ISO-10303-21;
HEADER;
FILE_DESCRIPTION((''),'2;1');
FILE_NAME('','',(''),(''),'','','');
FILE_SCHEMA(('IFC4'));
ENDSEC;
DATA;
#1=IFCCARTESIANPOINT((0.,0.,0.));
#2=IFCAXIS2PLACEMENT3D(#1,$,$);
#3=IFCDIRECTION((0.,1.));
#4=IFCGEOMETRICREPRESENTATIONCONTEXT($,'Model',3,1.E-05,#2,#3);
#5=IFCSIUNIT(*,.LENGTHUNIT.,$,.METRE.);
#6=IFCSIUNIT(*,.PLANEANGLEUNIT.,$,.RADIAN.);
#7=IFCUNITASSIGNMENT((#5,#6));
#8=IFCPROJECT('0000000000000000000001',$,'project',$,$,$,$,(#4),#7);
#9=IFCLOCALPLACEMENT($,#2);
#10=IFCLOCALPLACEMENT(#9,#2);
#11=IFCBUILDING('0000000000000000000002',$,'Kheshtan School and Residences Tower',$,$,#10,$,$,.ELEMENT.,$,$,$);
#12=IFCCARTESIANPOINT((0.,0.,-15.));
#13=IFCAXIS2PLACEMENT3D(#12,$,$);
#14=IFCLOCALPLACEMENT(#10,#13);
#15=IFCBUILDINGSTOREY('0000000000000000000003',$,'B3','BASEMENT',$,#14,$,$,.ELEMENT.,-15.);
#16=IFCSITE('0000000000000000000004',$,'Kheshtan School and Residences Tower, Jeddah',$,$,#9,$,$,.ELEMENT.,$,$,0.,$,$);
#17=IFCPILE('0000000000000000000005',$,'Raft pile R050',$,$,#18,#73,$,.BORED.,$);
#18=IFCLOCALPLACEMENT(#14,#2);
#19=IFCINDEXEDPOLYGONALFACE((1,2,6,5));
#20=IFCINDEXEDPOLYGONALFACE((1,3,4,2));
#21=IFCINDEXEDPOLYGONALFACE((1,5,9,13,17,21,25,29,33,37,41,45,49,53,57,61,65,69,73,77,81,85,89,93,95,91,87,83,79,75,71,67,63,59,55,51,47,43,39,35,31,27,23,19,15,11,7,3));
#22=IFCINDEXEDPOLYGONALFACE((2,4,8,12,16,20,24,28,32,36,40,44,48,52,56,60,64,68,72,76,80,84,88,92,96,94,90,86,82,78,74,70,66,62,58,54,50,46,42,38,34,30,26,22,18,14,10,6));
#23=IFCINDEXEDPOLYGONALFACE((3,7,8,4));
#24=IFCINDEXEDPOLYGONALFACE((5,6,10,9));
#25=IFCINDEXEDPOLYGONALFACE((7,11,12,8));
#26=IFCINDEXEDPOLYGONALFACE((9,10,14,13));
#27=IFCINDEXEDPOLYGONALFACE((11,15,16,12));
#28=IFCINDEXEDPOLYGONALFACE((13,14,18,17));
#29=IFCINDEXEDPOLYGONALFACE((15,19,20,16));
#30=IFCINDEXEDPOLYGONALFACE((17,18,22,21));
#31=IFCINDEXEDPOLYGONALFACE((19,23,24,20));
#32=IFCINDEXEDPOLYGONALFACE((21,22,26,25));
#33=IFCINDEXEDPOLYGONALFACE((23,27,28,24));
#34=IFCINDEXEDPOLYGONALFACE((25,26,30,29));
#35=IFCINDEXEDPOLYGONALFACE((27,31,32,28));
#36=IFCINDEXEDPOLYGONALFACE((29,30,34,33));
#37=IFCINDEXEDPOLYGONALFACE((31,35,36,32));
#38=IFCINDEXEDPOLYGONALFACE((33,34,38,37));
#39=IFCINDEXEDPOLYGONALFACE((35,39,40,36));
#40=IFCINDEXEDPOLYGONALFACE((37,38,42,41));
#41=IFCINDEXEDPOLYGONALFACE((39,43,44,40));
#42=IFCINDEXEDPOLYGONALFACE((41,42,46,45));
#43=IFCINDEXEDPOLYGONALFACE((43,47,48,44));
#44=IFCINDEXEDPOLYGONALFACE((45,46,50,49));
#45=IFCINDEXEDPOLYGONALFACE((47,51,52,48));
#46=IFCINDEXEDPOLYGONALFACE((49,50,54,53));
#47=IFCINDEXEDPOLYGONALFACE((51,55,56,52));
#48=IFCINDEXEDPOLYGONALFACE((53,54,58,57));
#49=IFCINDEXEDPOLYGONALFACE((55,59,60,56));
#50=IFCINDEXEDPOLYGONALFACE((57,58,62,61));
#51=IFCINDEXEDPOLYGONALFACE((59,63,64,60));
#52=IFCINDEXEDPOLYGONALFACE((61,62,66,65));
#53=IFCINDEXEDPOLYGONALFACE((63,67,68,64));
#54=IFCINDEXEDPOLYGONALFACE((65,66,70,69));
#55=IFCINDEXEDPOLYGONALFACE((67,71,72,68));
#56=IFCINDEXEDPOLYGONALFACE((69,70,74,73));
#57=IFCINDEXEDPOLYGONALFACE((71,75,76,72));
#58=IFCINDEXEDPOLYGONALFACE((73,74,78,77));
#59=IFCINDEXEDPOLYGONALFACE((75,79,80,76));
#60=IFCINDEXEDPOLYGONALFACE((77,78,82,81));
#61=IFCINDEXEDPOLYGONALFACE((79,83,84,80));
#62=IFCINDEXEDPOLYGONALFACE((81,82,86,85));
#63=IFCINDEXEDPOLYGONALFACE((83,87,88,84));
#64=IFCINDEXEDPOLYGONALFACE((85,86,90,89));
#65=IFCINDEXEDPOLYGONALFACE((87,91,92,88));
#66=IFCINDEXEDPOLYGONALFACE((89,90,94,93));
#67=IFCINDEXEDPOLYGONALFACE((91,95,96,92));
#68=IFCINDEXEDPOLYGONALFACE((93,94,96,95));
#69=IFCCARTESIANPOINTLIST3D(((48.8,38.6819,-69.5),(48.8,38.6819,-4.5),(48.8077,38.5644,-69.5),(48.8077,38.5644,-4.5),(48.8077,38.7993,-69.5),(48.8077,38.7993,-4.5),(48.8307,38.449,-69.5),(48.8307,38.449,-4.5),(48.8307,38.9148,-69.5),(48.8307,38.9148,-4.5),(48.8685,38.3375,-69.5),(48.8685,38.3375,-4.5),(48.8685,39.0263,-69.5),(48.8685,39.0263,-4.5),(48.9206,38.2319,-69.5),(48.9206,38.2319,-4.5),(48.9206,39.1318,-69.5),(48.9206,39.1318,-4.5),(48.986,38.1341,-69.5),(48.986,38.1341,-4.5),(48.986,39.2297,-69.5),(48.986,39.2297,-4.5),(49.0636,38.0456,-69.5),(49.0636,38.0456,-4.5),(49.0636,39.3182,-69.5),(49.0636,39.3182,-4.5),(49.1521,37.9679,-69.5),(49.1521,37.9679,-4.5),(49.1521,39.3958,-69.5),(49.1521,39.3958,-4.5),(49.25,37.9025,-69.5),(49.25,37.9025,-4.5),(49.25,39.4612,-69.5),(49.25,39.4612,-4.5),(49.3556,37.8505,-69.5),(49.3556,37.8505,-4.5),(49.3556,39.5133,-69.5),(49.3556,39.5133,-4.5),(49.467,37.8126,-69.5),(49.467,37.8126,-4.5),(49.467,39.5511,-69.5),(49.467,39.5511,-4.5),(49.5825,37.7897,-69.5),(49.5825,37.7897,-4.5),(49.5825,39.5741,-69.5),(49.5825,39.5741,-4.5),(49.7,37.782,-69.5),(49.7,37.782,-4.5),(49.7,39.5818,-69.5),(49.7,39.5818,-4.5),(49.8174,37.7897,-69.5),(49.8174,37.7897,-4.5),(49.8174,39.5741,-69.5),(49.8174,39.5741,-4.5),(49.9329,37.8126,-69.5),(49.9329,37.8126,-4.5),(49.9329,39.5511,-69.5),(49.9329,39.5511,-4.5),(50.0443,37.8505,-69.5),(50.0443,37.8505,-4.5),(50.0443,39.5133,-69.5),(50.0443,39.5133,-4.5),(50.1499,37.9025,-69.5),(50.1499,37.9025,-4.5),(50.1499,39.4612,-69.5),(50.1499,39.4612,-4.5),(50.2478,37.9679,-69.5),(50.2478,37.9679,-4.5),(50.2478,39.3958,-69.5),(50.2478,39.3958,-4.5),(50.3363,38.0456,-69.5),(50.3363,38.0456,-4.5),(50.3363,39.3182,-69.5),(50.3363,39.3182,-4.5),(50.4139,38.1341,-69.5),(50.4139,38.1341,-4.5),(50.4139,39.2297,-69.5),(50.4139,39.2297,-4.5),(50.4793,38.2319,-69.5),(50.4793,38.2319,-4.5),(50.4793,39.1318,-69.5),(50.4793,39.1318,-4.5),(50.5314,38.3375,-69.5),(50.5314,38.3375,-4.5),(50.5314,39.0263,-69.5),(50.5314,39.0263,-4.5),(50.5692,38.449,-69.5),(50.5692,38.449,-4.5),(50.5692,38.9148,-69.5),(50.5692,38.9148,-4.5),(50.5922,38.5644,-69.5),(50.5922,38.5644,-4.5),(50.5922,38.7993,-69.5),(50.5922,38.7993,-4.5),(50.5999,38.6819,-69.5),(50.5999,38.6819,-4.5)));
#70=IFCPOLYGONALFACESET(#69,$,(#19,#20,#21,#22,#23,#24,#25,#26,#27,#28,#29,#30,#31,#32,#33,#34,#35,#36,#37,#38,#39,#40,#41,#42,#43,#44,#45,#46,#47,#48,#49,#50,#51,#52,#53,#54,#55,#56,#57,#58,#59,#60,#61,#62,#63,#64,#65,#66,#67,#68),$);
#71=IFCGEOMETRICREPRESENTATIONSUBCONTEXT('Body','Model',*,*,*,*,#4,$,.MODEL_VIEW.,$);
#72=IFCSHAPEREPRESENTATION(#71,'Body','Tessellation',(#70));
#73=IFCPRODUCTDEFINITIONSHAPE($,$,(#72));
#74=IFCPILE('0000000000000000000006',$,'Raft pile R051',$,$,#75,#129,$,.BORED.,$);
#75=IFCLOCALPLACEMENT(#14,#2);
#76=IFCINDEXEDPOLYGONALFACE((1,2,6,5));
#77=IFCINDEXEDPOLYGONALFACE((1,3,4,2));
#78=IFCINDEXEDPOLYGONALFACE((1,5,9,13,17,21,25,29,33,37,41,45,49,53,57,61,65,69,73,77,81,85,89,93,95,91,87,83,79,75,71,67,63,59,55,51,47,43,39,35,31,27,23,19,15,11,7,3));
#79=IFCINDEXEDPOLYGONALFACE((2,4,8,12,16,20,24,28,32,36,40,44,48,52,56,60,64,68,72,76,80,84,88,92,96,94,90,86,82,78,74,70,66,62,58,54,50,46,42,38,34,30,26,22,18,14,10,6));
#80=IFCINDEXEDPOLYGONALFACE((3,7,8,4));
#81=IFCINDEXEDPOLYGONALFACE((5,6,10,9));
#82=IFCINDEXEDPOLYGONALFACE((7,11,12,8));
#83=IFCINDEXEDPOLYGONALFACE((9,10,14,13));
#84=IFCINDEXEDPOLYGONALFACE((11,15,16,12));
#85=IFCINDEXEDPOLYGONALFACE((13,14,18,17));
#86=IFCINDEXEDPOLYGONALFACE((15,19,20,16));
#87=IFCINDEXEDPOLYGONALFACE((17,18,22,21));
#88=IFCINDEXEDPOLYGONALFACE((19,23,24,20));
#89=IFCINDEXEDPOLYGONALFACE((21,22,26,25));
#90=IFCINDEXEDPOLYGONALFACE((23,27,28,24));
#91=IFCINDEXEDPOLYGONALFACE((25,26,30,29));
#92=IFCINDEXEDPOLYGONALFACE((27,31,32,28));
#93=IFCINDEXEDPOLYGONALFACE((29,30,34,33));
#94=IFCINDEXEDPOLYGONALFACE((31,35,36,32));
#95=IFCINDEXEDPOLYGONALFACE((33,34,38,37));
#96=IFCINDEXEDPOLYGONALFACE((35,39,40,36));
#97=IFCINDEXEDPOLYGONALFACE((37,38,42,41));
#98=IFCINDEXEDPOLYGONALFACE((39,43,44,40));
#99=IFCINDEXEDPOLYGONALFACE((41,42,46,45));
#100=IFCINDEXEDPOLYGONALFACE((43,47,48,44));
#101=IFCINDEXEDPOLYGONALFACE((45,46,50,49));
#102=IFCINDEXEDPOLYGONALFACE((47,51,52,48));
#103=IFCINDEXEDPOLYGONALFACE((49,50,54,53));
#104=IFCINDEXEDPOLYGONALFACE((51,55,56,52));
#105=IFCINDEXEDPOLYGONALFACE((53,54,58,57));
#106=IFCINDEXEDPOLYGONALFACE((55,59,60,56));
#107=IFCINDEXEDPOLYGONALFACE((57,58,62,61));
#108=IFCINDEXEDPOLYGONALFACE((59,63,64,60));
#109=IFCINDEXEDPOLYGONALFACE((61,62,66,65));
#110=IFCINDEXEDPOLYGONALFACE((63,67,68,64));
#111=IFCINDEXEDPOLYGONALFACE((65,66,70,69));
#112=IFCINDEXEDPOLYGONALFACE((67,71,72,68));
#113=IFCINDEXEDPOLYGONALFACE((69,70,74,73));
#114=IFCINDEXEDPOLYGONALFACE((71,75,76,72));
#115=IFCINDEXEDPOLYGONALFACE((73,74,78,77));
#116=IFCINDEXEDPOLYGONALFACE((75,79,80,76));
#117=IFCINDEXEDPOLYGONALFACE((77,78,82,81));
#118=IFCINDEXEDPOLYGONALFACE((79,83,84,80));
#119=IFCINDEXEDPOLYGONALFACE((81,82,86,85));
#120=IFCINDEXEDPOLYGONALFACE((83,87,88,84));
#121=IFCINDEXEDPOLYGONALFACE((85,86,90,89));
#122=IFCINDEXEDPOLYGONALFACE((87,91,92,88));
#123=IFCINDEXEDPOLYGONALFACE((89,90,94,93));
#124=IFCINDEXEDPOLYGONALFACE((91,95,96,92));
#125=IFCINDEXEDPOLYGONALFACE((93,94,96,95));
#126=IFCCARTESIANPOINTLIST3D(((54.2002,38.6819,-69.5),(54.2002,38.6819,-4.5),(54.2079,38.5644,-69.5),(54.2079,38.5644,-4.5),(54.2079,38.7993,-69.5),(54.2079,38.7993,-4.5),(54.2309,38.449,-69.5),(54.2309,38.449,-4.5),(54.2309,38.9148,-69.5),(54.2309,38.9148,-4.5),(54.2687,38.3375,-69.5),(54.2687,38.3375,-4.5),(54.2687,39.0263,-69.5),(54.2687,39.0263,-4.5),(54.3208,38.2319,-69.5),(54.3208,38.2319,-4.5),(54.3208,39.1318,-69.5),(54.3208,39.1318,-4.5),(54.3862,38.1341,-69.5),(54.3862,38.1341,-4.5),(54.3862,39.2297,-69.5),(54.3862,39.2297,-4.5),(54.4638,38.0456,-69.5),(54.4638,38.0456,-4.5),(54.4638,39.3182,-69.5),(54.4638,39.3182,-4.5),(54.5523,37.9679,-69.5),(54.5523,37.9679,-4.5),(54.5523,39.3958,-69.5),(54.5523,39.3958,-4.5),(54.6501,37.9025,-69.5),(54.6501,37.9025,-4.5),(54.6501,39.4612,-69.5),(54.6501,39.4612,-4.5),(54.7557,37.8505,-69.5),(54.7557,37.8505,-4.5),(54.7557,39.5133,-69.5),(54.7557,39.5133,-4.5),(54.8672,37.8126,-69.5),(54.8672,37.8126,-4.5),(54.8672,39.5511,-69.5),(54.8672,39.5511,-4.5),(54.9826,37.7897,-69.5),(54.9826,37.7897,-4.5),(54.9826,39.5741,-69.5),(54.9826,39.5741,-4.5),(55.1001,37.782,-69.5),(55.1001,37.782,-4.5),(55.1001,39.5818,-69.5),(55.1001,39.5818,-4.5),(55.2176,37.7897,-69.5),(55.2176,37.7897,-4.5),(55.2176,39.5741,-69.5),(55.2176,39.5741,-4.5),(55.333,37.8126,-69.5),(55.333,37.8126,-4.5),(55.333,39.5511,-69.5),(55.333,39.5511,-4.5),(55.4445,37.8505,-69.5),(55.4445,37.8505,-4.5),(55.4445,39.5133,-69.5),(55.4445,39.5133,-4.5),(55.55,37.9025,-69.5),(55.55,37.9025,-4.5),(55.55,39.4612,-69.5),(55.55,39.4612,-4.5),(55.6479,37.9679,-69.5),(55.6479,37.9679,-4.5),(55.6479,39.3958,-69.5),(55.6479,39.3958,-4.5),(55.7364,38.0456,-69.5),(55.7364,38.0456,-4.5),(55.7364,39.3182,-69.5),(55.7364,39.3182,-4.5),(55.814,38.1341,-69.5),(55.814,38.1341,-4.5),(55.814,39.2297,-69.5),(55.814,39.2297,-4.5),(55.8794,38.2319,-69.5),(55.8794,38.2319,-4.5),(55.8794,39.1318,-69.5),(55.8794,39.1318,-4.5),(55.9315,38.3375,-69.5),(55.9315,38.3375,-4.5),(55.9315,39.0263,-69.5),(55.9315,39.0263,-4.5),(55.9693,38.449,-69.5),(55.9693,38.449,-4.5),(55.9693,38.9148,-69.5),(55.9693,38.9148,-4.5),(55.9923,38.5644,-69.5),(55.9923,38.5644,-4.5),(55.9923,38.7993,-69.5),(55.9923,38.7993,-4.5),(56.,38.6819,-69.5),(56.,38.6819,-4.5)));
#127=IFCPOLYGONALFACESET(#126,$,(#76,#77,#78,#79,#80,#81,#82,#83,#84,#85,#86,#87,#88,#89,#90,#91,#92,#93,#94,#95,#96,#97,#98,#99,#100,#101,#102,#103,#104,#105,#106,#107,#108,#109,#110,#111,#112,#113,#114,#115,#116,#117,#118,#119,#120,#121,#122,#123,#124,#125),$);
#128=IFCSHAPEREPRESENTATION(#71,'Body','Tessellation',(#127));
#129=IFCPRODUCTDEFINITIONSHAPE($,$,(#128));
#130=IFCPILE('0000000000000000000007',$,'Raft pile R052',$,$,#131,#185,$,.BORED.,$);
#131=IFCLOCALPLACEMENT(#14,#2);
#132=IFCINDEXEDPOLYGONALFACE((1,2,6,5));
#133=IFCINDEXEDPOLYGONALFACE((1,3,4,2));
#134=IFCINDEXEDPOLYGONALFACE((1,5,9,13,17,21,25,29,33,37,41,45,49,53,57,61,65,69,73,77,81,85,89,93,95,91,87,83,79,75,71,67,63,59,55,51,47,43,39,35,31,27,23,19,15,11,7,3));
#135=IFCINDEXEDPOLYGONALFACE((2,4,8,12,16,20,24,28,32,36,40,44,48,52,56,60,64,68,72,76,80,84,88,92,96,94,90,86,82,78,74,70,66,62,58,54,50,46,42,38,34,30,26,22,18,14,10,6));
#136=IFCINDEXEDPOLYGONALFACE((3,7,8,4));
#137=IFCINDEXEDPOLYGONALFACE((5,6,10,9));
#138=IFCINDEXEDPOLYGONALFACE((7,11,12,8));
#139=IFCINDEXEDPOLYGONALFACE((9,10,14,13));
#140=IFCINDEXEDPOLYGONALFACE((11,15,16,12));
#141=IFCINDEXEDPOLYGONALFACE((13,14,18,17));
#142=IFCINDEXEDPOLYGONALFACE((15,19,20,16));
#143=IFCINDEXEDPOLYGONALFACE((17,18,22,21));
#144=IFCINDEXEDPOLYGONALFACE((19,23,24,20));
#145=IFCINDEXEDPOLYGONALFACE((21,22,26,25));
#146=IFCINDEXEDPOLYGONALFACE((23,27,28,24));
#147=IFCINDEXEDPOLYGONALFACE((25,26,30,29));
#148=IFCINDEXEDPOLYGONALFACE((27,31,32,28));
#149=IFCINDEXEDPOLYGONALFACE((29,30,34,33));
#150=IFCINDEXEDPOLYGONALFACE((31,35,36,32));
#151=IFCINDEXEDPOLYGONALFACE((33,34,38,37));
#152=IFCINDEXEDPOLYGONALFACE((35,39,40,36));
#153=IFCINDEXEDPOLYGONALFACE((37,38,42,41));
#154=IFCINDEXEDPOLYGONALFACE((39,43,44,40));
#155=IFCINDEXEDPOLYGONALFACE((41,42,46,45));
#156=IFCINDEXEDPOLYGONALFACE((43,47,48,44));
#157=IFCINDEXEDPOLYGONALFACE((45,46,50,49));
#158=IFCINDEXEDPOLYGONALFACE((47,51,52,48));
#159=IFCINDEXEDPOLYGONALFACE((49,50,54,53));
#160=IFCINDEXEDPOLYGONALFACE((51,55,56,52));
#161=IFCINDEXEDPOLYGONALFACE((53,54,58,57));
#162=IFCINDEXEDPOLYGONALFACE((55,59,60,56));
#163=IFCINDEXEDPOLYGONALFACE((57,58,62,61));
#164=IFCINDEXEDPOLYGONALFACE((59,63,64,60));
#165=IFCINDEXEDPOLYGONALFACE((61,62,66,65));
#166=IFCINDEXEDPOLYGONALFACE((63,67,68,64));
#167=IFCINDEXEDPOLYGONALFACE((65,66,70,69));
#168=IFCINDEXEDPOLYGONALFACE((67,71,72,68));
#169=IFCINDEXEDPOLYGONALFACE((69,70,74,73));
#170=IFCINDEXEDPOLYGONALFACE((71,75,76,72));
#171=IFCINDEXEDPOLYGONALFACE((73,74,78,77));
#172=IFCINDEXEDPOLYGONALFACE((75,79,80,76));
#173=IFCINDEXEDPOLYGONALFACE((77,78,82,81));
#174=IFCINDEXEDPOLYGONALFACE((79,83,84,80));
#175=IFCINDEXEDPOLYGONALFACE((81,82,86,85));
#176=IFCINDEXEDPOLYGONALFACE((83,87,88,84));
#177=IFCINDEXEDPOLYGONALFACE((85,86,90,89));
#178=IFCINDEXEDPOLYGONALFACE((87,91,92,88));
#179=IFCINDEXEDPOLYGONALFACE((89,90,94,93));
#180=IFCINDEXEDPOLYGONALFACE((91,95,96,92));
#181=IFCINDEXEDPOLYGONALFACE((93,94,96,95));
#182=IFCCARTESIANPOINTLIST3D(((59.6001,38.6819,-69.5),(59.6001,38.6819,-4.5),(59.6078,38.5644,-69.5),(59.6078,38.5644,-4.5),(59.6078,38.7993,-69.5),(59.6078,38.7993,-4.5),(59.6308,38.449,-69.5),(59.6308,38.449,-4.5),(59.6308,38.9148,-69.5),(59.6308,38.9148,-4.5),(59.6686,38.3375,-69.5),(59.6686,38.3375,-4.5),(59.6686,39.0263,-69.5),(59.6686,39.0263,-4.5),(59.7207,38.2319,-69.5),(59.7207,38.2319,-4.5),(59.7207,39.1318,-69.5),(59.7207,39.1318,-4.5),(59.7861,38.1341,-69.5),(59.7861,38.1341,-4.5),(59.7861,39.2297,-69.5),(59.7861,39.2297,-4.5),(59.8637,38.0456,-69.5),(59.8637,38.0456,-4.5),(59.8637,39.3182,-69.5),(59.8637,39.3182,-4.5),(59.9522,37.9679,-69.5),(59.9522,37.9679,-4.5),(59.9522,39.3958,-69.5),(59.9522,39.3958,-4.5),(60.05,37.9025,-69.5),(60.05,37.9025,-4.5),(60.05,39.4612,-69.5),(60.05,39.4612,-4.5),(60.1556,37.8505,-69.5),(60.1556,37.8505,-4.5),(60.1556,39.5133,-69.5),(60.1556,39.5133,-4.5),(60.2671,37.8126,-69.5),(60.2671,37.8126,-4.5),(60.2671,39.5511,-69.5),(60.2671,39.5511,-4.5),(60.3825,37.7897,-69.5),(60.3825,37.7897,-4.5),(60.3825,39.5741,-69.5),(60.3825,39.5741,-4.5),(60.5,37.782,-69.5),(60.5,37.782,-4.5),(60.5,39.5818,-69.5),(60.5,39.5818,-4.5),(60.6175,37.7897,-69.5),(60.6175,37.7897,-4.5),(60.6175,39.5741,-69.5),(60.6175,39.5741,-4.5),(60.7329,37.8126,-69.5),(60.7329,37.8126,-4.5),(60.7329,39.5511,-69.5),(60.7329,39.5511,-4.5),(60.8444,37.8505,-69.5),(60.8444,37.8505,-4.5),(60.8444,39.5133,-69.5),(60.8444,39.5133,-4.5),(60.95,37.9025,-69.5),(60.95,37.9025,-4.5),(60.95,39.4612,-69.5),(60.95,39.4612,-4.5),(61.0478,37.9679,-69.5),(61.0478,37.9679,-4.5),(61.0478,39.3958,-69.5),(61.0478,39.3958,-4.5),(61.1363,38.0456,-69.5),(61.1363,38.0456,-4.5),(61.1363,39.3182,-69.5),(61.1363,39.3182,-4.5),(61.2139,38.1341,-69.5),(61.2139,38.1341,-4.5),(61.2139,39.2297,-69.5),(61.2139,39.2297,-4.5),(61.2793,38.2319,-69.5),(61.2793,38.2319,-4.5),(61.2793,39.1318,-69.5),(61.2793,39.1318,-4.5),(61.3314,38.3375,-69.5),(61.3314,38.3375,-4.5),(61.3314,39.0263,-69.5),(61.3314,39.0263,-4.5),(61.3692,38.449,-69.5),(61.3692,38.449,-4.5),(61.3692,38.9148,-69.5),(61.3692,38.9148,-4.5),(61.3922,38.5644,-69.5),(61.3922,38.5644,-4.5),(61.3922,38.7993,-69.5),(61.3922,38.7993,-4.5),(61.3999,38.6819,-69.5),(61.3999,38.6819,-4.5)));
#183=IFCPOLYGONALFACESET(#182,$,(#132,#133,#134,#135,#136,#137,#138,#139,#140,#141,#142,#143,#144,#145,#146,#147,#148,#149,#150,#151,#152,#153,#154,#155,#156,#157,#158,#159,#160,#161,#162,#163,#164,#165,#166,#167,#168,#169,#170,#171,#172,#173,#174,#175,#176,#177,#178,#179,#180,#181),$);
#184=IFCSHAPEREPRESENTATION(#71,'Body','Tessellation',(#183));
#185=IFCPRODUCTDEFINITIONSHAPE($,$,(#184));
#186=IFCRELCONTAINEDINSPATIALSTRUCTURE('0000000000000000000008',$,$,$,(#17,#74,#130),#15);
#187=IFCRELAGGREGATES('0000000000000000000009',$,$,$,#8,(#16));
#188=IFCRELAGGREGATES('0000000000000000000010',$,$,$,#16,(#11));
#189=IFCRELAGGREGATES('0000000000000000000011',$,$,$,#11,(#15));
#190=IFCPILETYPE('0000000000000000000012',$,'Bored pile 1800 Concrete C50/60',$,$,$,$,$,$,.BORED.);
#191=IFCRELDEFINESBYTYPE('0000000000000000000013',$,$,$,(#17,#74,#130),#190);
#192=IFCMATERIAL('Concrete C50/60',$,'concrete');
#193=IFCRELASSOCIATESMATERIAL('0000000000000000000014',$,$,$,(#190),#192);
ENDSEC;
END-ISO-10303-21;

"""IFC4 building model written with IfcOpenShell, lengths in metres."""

from ifc_helpers import new_model, si_unit, direction, frame, origin, origin_2d, place, context, subcontext, project, spatial, circle, extrude, material, material_profile, profile_set, type_object, element, save


model = new_model("IFC4")

# Units and contexts
model_context = context("Model", 3, precision=1e-05, world=origin(), true_north=direction((0.0, 1.0)))
body_context = subcontext(model_context, "Body", "Model", "MODEL_VIEW")
ifc_project = project(units=[si_unit("LENGTHUNIT", "METRE"), si_unit("PLANEANGLEUNIT", "RADIAN")], contexts=[model_context])

# Site, building, storey
site_placement = place(None, origin())
site = spatial("IfcSite", under=ifc_project, at=site_placement, Name="Kheshtan School and Residences Tower, Jeddah", CompositionType="ELEMENT", RefElevation=0.0)
building_placement = place(site_placement, origin())
building = spatial("IfcBuilding", under=site, at=building_placement, Name="Kheshtan School and Residences Tower", CompositionType="ELEMENT")
storey_placement = place(building_placement, frame((0.0, 0.0, -15.0)))
storey = spatial("IfcBuildingStorey", under=building, at=storey_placement, Name="B3", Description="BASEMENT", CompositionType="ELEMENT", Elevation=-15.0)

# Piles
ifc_material_1 = material(Name="Concrete C50/60", Category="concrete")
ifc_material_profile_1 = material_profile(ifc_material_1, circle(Radius=0.8999, at=origin_2d()), Name="BP 1800")
ifc_profile_set_1 = profile_set([ifc_material_profile_1], Name="Concrete C50/60")
pile_type_1 = type_object("IfcPileType", Name="Bored pile 1800 Concrete C50/60", PredefinedType="BORED", material=ifc_profile_set_1)
for number, where, z_axis, x_axis, name in (
    (1, (49.7, 38.6819, -4.5), (0.0, 0.0, -1.0), (1.0, 0.0, 0.0), "Raft pile R050"),
    (2, (55.1001, 38.6819, -4.5), (0.0, 0.0, -1.0), (1.0, 0.0, 0.0), "Raft pile R051"),
    (3, (60.5, 38.6819, -4.5), (0.0, 0.0, -1.0), (1.0, 0.0, 0.0), "Raft pile R052"),
):
    element("IfcPile", number, at=place(storey_placement, frame(where, z_axis=z_axis, x_axis=x_axis)), inside=storey, type_object=pile_type_1, Name=name, PredefinedType="BORED", context=body_context, shape_type="SweptSolid", body=[
        extrude(circle(Radius=0.8999, at=origin_2d()), origin(), (0.0, 0.0, 1.0), 65.0),
    ])

save(model, "model.ifc")
